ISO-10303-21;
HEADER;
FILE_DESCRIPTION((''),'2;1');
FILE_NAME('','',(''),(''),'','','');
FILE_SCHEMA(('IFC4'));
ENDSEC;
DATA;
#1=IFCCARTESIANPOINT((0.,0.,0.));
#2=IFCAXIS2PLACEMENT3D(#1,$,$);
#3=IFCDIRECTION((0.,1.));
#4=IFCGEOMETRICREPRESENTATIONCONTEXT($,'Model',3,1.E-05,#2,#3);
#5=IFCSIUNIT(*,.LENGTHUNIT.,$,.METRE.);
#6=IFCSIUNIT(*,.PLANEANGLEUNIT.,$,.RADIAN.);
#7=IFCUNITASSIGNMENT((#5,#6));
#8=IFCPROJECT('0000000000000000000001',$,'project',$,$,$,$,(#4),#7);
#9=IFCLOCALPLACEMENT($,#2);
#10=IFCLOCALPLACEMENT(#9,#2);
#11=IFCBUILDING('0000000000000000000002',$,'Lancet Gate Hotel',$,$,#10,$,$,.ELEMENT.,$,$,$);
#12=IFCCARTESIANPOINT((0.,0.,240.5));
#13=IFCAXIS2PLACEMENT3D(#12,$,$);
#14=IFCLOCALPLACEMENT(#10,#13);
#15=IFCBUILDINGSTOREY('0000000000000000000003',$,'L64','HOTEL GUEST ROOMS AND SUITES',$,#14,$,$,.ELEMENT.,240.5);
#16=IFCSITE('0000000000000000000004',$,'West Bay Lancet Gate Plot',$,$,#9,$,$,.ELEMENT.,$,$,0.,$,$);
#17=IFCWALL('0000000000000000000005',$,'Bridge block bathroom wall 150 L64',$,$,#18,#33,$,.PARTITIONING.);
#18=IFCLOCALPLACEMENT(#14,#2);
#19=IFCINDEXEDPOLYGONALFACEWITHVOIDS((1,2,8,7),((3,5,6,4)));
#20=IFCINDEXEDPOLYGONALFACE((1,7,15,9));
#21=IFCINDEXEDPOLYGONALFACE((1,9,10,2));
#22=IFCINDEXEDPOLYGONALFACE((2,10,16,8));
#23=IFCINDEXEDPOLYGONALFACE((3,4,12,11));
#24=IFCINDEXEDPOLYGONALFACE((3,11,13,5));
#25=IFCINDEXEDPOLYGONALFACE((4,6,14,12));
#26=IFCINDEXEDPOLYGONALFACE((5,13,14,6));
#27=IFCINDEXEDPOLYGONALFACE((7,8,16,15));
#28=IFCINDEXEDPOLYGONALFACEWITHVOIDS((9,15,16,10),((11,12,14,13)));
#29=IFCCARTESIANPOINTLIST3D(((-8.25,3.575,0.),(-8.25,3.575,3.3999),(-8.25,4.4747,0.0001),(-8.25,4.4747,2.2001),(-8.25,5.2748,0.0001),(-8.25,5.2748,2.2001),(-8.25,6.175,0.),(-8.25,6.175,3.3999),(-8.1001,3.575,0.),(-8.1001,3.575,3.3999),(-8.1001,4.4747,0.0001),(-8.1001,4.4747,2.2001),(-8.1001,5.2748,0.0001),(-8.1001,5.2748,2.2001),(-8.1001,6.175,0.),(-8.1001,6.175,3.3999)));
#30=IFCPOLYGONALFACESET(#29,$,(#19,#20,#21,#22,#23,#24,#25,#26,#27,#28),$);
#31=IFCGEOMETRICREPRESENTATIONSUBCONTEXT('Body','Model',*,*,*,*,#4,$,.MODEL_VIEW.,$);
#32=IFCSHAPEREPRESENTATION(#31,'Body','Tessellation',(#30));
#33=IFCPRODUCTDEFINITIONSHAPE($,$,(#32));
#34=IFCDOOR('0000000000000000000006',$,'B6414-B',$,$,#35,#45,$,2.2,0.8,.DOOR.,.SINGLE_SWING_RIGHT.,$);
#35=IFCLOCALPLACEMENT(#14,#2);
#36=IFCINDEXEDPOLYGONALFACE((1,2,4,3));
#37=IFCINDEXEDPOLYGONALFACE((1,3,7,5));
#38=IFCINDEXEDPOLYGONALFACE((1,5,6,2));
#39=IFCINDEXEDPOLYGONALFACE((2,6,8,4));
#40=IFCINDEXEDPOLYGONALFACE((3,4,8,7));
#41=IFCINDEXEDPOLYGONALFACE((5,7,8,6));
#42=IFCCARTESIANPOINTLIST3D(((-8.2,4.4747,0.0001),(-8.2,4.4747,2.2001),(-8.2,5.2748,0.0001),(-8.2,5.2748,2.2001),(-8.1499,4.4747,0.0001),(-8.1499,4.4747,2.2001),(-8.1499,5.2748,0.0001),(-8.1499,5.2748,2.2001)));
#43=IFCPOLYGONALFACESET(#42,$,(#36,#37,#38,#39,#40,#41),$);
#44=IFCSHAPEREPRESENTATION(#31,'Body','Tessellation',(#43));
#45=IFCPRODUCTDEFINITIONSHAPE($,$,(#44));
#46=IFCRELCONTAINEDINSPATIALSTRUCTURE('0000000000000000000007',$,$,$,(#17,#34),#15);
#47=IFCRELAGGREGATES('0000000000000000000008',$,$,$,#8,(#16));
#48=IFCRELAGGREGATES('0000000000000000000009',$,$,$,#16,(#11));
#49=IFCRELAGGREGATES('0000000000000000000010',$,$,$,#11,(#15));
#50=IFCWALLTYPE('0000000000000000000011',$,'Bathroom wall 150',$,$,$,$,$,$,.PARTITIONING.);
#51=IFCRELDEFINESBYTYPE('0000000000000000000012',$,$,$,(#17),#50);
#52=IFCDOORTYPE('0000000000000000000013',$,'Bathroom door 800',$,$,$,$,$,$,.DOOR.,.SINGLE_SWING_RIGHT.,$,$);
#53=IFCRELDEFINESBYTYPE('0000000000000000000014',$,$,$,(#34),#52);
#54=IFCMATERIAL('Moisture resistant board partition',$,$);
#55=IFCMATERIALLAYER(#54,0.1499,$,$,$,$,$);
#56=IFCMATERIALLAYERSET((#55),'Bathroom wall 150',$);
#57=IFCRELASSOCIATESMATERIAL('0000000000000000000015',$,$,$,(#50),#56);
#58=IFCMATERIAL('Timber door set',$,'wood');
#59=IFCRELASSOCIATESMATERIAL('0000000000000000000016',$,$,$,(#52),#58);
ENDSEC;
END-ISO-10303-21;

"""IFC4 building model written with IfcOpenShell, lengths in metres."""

from ifc_helpers import new_model, si_unit, direction, frame, frame_2d, origin, place, context, subcontext, project, spatial, rectangle, extrude, material, layer, layer_set, type_object, element, fill, save


model = new_model("IFC4")

# Units and contexts
model_context = context("Model", 3, precision=1e-05, world=origin(), true_north=direction((0.0, 1.0)))
body_context = subcontext(model_context, "Body", "Model", "MODEL_VIEW")
ifc_project = project(units=[si_unit("LENGTHUNIT", "METRE"), si_unit("PLANEANGLEUNIT", "RADIAN")], contexts=[model_context])

# Site, building, storey
site_placement = place(None, origin())
site = spatial("IfcSite", under=ifc_project, at=site_placement, Name="West Bay Lancet Gate Plot", CompositionType="ELEMENT", RefElevation=0.0)
building_placement = place(site_placement, origin())
building = spatial("IfcBuilding", under=site, at=building_placement, Name="Lancet Gate Hotel", CompositionType="ELEMENT")
storey_placement = place(building_placement, frame((0.0, 0.0, 240.5)))
storey = spatial("IfcBuildingStorey", under=building, at=storey_placement, Name="L64", Description="HOTEL GUEST ROOMS AND SUITES", CompositionType="ELEMENT", Elevation=240.5)

# Wall, opening, door
ifc_material_1 = material(Name="Moisture resistant board partition")
ifc_layer_1 = layer(ifc_material_1, 0.1499)
ifc_layer_set_1 = layer_set([ifc_layer_1], Name="Bathroom wall 150")
wall_type = type_object("IfcWallType", Name="Bathroom wall 150", PredefinedType="PARTITIONING", material=ifc_layer_set_1)
wall_placement = place(storey_placement, frame((-8.175, 3.575, 0.0), z_axis=(0.0, 0.0, 1.0), x_axis=(0.0, 1.0, 0.0)))
wall = element("IfcWall", 1, at=wall_placement, inside=storey, type_object=wall_type, Name="Bridge block bathroom wall 150 L64", PredefinedType="PARTITIONING", context=body_context, shape_type="SweptSolid", body=[
    extrude(rectangle(XDim=2.6001, YDim=0.1499, at=frame_2d((1.3, 0.0))), origin(), (0.0, 0.0, 1.0), 3.3999),
])
opening_placement = place(wall_placement, frame((0.8999, 0.0, 0.0)))
opening = element("IfcOpeningElement", 2, at=opening_placement, cuts=wall, PredefinedType="OPENING", context=body_context, shape_type="SweptSolid", body=[
    extrude(rectangle(XDim=0.8, YDim=2.2, at=frame_2d((0.3999, 1.1001))), frame((0.0, 0.085, 0.0), z_axis=(0.0, -1.0, 0.0), x_axis=(1.0, 0.0, 0.0)), (0.0, 0.0, 1.0), 0.1699),
])
ifc_material_2 = material(Name="Timber door set", Category="wood")
door_type = type_object("IfcDoorType", Name="Bathroom door 800", OperationType="SINGLE_SWING_RIGHT", PredefinedType="DOOR", material=ifc_material_2)
door_placement = place(opening_placement, origin())
door = element("IfcDoor", 3, at=door_placement, inside=storey, type_object=door_type, Name="B6414-B", OperationType="SINGLE_SWING_RIGHT", OverallHeight=2.2, OverallWidth=0.8, PredefinedType="DOOR", context=body_context, shape_type="SweptSolid", body=[
    extrude(rectangle(XDim=0.8, YDim=2.2, at=frame_2d((0.3999, 1.1001))), frame((0.0, 0.0249, 0.0), z_axis=(0.0, -1.0, 0.0), x_axis=(1.0, 0.0, 0.0)), (0.0, 0.0, 1.0), 0.05),
])
fill(opening, door)

save(model, "model.ifc")
